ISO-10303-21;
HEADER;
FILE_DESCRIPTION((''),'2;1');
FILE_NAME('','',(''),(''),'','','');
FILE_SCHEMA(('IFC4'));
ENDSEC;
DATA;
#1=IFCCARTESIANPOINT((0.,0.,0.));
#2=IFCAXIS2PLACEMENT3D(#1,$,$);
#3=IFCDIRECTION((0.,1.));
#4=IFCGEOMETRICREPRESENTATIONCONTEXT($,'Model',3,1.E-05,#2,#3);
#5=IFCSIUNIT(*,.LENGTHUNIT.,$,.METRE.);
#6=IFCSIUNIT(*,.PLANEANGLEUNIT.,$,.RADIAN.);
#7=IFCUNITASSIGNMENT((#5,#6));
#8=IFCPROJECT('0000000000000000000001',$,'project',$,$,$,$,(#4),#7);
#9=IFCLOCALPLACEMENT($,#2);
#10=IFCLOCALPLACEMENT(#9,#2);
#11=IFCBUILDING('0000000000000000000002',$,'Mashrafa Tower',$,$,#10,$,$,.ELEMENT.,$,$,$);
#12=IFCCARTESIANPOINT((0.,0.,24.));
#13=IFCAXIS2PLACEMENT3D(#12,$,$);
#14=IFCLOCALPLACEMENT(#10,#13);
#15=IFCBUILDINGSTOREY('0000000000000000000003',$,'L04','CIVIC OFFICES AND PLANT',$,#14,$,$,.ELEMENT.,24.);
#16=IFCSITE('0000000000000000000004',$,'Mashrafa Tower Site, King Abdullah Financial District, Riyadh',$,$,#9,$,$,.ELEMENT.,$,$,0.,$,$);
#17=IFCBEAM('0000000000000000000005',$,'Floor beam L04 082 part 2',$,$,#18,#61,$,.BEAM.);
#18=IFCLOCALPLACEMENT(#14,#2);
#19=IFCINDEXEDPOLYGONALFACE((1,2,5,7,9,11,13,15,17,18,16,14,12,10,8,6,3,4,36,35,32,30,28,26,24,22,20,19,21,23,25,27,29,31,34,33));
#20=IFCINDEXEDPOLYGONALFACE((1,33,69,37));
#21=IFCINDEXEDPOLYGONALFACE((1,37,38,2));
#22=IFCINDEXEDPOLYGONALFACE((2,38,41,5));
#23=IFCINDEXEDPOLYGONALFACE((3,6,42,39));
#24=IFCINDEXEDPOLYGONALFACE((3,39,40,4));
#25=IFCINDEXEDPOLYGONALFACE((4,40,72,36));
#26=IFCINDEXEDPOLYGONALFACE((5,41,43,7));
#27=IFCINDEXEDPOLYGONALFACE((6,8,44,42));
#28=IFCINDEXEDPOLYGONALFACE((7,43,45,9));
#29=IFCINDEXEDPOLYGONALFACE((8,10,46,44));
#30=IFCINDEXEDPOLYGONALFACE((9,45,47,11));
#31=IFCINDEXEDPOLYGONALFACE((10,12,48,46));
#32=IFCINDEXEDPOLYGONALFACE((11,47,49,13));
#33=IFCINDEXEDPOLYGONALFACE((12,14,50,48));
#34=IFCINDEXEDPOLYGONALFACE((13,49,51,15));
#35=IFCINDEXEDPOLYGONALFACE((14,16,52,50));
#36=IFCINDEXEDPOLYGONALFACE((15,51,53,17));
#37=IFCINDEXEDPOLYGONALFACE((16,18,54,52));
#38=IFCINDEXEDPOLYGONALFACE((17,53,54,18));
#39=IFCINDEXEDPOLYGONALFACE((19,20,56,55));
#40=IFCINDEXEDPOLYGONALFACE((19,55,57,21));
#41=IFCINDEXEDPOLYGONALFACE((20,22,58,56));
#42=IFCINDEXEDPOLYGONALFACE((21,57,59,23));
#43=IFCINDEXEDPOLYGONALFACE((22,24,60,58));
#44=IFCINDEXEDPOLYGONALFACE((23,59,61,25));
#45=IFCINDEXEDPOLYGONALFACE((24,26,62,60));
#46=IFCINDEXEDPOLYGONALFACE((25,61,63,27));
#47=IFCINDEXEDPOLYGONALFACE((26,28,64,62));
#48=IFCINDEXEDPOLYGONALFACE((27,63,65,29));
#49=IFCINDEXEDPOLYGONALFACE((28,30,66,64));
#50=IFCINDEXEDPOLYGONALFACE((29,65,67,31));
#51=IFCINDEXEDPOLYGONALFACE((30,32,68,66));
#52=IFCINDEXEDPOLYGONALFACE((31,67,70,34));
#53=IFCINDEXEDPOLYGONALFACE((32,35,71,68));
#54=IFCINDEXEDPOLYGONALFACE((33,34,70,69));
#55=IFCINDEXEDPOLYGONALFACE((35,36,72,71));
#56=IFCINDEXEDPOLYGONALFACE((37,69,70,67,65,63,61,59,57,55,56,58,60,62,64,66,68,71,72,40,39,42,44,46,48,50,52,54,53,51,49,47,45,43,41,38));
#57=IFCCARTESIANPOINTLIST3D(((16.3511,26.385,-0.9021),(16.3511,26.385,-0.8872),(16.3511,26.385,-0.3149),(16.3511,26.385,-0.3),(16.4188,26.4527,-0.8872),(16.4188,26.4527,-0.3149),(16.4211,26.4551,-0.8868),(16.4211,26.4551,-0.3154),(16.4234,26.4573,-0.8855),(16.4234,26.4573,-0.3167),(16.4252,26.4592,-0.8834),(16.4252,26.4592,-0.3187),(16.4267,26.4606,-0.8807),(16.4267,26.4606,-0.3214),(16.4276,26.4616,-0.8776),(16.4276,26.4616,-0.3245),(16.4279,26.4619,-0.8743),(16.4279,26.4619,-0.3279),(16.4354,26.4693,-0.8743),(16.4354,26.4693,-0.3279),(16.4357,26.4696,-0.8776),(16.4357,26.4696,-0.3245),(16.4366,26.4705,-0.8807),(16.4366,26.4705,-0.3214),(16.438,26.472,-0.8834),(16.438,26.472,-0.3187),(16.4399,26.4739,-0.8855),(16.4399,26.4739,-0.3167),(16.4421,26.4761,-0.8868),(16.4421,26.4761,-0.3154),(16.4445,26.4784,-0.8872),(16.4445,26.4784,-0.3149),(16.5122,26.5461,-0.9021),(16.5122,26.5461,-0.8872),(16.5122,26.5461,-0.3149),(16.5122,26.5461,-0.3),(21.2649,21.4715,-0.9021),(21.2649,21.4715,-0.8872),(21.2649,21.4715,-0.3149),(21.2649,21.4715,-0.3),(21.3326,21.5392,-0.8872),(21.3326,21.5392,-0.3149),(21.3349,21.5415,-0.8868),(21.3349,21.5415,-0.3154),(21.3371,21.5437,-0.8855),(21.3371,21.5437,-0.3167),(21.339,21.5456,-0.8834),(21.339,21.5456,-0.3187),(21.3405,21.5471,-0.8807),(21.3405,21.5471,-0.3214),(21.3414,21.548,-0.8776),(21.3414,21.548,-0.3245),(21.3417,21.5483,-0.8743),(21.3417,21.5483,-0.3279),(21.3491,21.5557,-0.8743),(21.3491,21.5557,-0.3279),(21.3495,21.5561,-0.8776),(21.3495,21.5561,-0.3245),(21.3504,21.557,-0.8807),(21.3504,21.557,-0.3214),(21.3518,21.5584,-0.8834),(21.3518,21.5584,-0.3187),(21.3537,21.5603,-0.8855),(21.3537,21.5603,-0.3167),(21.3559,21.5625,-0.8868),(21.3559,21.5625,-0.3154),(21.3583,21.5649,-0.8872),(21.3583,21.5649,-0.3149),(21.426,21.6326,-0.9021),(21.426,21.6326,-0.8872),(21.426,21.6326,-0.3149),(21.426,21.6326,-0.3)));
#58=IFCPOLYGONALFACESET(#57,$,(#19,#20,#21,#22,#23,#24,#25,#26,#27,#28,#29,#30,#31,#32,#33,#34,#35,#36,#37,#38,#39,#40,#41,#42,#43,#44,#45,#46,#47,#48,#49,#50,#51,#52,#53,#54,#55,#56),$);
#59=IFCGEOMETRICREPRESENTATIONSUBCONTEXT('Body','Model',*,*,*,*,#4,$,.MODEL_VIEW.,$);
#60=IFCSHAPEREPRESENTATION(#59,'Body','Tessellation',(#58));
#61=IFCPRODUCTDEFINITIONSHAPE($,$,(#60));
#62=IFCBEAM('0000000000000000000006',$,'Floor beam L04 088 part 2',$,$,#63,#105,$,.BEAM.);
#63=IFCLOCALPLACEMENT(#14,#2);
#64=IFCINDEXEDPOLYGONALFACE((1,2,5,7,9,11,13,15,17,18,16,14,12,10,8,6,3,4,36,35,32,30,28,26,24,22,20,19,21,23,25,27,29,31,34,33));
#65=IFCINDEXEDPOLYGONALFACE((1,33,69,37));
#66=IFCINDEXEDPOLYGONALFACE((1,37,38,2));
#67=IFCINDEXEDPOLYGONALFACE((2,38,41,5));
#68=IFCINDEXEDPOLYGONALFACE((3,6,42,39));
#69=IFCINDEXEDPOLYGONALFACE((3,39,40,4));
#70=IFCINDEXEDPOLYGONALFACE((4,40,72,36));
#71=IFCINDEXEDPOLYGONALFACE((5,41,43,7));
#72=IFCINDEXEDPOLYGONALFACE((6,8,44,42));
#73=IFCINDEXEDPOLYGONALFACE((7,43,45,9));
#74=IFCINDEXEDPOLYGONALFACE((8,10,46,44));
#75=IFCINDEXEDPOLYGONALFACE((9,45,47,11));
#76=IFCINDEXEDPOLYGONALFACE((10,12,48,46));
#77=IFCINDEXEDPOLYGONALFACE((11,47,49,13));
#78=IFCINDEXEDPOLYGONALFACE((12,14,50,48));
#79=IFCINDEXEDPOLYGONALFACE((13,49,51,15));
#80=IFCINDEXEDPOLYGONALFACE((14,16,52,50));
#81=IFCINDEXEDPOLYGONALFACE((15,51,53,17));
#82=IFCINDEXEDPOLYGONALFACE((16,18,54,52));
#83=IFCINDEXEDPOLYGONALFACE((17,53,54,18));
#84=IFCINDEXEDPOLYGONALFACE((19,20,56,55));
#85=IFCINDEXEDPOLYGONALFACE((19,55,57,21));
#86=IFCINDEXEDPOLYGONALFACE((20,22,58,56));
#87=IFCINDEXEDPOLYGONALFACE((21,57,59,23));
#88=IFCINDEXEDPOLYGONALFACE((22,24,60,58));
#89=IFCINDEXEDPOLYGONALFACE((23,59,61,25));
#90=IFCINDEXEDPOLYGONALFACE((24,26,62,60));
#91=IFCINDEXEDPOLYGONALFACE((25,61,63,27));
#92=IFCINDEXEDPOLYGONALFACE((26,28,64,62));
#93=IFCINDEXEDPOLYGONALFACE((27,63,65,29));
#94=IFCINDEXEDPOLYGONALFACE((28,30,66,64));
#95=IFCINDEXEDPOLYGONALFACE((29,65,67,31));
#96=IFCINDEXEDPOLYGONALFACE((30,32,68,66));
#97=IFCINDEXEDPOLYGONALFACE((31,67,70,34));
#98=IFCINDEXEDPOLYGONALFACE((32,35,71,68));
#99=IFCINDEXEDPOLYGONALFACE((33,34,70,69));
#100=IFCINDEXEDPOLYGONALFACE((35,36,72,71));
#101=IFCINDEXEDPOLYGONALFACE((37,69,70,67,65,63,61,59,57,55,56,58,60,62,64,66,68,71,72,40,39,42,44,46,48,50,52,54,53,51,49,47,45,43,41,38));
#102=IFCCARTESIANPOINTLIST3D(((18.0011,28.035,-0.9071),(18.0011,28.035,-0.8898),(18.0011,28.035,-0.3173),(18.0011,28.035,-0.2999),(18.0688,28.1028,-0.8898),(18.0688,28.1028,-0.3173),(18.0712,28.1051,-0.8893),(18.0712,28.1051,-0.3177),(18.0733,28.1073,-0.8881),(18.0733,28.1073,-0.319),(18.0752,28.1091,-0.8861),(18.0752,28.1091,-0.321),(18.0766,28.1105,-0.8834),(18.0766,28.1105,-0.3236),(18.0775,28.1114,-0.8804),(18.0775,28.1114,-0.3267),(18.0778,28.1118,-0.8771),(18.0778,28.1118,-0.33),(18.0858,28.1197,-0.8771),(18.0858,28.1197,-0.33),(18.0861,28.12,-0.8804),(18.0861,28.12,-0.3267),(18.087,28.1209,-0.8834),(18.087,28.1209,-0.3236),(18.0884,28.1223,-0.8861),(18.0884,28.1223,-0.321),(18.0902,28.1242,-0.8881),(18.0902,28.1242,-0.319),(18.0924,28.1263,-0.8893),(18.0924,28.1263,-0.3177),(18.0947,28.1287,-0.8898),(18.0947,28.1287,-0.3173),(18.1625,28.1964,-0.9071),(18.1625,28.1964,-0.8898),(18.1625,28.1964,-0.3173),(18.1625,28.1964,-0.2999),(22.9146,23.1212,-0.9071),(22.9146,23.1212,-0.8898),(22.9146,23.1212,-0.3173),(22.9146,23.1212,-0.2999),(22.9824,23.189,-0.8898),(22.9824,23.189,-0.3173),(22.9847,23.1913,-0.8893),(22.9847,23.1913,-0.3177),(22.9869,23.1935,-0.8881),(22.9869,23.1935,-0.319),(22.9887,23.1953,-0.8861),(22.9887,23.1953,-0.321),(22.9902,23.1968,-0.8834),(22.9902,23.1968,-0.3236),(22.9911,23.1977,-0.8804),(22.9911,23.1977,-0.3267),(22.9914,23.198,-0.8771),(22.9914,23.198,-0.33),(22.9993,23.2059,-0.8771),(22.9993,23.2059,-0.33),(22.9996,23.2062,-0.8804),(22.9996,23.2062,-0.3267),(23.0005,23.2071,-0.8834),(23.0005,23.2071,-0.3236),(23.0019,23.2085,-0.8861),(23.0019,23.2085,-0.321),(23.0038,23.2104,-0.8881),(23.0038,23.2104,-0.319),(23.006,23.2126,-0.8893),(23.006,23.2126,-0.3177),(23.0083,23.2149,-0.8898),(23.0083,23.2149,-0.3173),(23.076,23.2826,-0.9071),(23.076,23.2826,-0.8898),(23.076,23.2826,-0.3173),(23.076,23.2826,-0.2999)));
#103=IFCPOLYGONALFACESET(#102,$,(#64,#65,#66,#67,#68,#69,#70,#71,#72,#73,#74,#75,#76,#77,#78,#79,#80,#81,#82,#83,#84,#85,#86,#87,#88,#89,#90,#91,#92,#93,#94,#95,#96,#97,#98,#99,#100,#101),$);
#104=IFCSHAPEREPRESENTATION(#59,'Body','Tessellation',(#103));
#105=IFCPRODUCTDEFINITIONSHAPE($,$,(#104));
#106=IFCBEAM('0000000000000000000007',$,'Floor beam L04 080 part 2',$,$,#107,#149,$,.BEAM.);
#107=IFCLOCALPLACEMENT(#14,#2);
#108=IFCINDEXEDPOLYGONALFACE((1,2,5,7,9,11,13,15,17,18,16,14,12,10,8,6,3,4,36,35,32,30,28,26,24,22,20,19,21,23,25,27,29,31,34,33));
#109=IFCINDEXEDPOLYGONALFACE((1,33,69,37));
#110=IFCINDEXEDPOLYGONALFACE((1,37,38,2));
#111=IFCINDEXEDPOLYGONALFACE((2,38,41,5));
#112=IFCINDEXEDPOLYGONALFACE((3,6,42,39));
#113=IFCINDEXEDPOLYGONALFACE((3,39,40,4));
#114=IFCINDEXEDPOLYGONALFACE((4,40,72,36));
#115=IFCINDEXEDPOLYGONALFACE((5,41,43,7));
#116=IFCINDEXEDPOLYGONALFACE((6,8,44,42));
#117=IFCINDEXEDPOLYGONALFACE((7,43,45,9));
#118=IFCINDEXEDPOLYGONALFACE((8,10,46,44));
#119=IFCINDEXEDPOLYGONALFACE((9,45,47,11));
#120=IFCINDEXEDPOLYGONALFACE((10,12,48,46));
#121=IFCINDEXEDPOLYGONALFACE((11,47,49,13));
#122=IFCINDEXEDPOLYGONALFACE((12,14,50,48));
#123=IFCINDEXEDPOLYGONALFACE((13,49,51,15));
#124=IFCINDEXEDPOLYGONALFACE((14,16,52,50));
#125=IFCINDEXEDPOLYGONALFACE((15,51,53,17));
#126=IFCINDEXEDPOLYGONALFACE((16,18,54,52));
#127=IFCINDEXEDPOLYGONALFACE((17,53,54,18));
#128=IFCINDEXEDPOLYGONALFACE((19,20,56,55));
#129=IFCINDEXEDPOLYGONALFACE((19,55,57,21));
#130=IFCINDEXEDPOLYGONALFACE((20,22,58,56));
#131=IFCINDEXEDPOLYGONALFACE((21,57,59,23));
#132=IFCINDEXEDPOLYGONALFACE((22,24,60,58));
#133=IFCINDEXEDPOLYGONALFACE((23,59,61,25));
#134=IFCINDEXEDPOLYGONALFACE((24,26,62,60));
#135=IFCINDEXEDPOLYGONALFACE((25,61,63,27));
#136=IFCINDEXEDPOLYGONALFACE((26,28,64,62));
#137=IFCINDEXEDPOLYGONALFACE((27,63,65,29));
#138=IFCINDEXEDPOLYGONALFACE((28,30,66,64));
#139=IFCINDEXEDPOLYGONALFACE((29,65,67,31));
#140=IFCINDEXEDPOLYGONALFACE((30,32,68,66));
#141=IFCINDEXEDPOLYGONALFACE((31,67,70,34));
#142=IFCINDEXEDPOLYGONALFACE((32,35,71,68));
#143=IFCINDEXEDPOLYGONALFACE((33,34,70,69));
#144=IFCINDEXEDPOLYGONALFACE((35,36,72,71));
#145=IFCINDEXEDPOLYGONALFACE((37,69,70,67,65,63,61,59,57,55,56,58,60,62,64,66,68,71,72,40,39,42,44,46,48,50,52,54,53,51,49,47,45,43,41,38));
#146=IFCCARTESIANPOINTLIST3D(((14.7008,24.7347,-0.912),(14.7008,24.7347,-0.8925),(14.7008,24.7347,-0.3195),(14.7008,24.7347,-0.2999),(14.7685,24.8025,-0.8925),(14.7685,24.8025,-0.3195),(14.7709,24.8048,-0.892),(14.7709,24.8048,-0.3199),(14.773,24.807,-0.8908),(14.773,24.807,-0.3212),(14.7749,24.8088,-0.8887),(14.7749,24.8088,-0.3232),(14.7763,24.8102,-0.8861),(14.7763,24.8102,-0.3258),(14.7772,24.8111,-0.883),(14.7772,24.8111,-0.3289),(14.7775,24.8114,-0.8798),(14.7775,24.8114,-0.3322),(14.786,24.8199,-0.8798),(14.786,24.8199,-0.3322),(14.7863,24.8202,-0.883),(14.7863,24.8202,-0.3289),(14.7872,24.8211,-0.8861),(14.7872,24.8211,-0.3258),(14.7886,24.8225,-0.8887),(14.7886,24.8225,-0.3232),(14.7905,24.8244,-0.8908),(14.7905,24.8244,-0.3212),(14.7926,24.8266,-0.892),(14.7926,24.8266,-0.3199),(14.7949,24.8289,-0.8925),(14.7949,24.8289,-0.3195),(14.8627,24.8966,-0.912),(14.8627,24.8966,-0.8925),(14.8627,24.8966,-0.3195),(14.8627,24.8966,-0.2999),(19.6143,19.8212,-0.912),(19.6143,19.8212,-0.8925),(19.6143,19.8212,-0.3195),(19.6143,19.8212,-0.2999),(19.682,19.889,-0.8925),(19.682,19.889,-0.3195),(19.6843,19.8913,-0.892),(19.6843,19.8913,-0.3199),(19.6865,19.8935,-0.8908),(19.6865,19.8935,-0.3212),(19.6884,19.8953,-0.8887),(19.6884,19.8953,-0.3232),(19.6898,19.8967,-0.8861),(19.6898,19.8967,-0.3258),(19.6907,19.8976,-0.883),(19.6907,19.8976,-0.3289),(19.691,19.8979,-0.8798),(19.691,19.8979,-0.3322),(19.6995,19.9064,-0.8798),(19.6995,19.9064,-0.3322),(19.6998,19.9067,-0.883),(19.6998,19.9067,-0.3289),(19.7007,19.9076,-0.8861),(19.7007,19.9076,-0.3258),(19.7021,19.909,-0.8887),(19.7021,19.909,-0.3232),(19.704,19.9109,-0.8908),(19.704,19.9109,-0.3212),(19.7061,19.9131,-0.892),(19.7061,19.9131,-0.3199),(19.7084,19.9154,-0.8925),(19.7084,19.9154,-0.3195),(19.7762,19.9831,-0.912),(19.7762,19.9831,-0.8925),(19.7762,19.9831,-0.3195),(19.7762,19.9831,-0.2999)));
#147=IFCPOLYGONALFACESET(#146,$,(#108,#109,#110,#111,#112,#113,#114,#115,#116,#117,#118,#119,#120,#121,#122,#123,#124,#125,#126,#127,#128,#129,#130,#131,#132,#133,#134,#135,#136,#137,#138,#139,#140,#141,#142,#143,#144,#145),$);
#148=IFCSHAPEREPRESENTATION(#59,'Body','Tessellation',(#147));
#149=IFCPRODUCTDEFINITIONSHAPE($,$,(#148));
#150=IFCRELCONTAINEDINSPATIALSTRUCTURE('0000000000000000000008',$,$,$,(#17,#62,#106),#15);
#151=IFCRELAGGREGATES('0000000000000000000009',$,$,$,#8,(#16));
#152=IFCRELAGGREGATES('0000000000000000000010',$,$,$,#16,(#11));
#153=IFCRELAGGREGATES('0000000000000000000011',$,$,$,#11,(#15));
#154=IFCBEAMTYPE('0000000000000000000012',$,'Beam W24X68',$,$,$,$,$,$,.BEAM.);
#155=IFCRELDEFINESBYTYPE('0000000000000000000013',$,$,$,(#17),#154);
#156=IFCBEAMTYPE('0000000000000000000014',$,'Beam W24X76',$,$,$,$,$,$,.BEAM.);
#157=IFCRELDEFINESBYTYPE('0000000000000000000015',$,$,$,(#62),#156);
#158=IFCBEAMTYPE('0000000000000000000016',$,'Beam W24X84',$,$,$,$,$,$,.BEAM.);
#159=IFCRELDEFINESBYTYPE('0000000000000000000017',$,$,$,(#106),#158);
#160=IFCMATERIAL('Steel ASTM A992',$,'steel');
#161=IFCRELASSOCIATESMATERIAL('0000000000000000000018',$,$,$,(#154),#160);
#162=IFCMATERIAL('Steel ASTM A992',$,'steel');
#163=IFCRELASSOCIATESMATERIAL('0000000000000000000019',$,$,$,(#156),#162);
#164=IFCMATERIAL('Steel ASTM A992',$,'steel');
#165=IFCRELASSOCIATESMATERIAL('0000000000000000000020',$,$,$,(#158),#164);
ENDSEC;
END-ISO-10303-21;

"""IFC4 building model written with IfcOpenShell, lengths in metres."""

from ifc_helpers import new_model, si_unit, direction, frame, origin, origin_2d, place, context, subcontext, project, spatial, i_section, extrude, material, material_profile, profile_set, type_object, element, save


model = new_model("IFC4")

# Units and contexts
model_context = context("Model", 3, precision=1e-05, world=origin(), true_north=direction((0.0, 1.0)))
body_context = subcontext(model_context, "Body", "Model", "MODEL_VIEW")
ifc_project = project(units=[si_unit("LENGTHUNIT", "METRE"), si_unit("PLANEANGLEUNIT", "RADIAN")], contexts=[model_context])

# Site, building, storey
site_placement = place(None, origin())
site = spatial("IfcSite", under=ifc_project, at=site_placement, Name="Mashrafa Tower Site, King Abdullah Financial District, Riyadh", CompositionType="ELEMENT", RefElevation=0.0)
building_placement = place(site_placement, origin())
building = spatial("IfcBuilding", under=site, at=building_placement, Name="Mashrafa Tower", CompositionType="ELEMENT")
storey_placement = place(building_placement, frame((0.0, 0.0, 24.0)))
storey = spatial("IfcBuildingStorey", under=building, at=storey_placement, Name="L04", Description="CIVIC OFFICES AND PLANT", CompositionType="ELEMENT", Elevation=24.0)

# Beams
ifc_material_1 = material(Name="Steel ASTM A992", Category="steel")
ifc_material_profile_1 = material_profile(ifc_material_1, i_section(OverallWidth=0.2278, OverallDepth=0.6021, WebThickness=0.0105, FlangeThickness=0.0149, FilletRadius=0.0129, at=origin_2d()), Name="W24X68")
ifc_profile_set_1 = profile_set([ifc_material_profile_1], Name="Steel ASTM A992")
beam_type_1 = type_object("IfcBeamType", Name="Beam W24X68", PredefinedType="BEAM", material=ifc_profile_set_1)
beam_1_placement = place(storey_placement, frame((16.4316, 26.4656, -0.6011), z_axis=(0.707124, -0.707089, 0.0), x_axis=(0.707089, 0.707124, 0.0)))
element("IfcBeam", 1, at=beam_1_placement, inside=storey, type_object=beam_type_1, Name="Floor beam L04 082 part 2", PredefinedType="BEAM", context=body_context, shape_type="SweptSolid", body=[
    extrude(i_section(OverallWidth=0.2278, OverallDepth=0.6021, WebThickness=0.0105, FlangeThickness=0.0149, FilletRadius=0.0129, at=origin_2d()), origin(), (0.0, 0.0, 1.0), 6.949),
])
ifc_material_2 = material(Name="Steel ASTM A992", Category="steel")
ifc_material_profile_2 = material_profile(ifc_material_2, i_section(OverallWidth=0.2283, OverallDepth=0.6072, WebThickness=0.0112, FlangeThickness=0.0173, FilletRadius=0.0127, at=origin_2d()), Name="W24X76")
ifc_profile_set_2 = profile_set([ifc_material_profile_2], Name="Steel ASTM A992")
beam_type_2 = type_object("IfcBeamType", Name="Beam W24X76", PredefinedType="BEAM", material=ifc_profile_set_2)
beam_2_placement = place(storey_placement, frame((18.0818, 28.1157, -0.6035), z_axis=(0.707089, -0.707124, 0.0), x_axis=(0.707124, 0.707089, 0.0)))
element("IfcBeam", 2, at=beam_2_placement, inside=storey, type_object=beam_type_2, Name="Floor beam L04 088 part 2", PredefinedType="BEAM", context=body_context, shape_type="SweptSolid", body=[
    extrude(i_section(OverallWidth=0.2283, OverallDepth=0.6072, WebThickness=0.0112, FlangeThickness=0.0173, FilletRadius=0.0127, at=origin_2d()), origin(), (0.0, 0.0, 1.0), 6.949),
])
ifc_material_3 = material(Name="Steel ASTM A992", Category="steel")
ifc_material_profile_3 = material_profile(ifc_material_3, i_section(OverallWidth=0.229, OverallDepth=0.6121, WebThickness=0.012, FlangeThickness=0.0195, FilletRadius=0.0127, at=origin_2d()), Name="W24X84")
ifc_profile_set_3 = profile_set([ifc_material_profile_3], Name="Steel ASTM A992")
beam_type_3 = type_object("IfcBeamType", Name="Beam W24X84", PredefinedType="BEAM", material=ifc_profile_set_3)
beam_3_placement = place(storey_placement, frame((14.7817, 24.8157, -0.606), z_axis=(0.707107, -0.707107, 0.0), x_axis=(0.707107, 0.707107, 0.0)))
element("IfcBeam", 3, at=beam_3_placement, inside=storey, type_object=beam_type_3, Name="Floor beam L04 080 part 2", PredefinedType="BEAM", context=body_context, shape_type="SweptSolid", body=[
    extrude(i_section(OverallWidth=0.229, OverallDepth=0.6121, WebThickness=0.012, FlangeThickness=0.0195, FilletRadius=0.0127, at=origin_2d()), origin(), (0.0, 0.0, 1.0), 6.9487),
])

save(model, "model.ifc")
